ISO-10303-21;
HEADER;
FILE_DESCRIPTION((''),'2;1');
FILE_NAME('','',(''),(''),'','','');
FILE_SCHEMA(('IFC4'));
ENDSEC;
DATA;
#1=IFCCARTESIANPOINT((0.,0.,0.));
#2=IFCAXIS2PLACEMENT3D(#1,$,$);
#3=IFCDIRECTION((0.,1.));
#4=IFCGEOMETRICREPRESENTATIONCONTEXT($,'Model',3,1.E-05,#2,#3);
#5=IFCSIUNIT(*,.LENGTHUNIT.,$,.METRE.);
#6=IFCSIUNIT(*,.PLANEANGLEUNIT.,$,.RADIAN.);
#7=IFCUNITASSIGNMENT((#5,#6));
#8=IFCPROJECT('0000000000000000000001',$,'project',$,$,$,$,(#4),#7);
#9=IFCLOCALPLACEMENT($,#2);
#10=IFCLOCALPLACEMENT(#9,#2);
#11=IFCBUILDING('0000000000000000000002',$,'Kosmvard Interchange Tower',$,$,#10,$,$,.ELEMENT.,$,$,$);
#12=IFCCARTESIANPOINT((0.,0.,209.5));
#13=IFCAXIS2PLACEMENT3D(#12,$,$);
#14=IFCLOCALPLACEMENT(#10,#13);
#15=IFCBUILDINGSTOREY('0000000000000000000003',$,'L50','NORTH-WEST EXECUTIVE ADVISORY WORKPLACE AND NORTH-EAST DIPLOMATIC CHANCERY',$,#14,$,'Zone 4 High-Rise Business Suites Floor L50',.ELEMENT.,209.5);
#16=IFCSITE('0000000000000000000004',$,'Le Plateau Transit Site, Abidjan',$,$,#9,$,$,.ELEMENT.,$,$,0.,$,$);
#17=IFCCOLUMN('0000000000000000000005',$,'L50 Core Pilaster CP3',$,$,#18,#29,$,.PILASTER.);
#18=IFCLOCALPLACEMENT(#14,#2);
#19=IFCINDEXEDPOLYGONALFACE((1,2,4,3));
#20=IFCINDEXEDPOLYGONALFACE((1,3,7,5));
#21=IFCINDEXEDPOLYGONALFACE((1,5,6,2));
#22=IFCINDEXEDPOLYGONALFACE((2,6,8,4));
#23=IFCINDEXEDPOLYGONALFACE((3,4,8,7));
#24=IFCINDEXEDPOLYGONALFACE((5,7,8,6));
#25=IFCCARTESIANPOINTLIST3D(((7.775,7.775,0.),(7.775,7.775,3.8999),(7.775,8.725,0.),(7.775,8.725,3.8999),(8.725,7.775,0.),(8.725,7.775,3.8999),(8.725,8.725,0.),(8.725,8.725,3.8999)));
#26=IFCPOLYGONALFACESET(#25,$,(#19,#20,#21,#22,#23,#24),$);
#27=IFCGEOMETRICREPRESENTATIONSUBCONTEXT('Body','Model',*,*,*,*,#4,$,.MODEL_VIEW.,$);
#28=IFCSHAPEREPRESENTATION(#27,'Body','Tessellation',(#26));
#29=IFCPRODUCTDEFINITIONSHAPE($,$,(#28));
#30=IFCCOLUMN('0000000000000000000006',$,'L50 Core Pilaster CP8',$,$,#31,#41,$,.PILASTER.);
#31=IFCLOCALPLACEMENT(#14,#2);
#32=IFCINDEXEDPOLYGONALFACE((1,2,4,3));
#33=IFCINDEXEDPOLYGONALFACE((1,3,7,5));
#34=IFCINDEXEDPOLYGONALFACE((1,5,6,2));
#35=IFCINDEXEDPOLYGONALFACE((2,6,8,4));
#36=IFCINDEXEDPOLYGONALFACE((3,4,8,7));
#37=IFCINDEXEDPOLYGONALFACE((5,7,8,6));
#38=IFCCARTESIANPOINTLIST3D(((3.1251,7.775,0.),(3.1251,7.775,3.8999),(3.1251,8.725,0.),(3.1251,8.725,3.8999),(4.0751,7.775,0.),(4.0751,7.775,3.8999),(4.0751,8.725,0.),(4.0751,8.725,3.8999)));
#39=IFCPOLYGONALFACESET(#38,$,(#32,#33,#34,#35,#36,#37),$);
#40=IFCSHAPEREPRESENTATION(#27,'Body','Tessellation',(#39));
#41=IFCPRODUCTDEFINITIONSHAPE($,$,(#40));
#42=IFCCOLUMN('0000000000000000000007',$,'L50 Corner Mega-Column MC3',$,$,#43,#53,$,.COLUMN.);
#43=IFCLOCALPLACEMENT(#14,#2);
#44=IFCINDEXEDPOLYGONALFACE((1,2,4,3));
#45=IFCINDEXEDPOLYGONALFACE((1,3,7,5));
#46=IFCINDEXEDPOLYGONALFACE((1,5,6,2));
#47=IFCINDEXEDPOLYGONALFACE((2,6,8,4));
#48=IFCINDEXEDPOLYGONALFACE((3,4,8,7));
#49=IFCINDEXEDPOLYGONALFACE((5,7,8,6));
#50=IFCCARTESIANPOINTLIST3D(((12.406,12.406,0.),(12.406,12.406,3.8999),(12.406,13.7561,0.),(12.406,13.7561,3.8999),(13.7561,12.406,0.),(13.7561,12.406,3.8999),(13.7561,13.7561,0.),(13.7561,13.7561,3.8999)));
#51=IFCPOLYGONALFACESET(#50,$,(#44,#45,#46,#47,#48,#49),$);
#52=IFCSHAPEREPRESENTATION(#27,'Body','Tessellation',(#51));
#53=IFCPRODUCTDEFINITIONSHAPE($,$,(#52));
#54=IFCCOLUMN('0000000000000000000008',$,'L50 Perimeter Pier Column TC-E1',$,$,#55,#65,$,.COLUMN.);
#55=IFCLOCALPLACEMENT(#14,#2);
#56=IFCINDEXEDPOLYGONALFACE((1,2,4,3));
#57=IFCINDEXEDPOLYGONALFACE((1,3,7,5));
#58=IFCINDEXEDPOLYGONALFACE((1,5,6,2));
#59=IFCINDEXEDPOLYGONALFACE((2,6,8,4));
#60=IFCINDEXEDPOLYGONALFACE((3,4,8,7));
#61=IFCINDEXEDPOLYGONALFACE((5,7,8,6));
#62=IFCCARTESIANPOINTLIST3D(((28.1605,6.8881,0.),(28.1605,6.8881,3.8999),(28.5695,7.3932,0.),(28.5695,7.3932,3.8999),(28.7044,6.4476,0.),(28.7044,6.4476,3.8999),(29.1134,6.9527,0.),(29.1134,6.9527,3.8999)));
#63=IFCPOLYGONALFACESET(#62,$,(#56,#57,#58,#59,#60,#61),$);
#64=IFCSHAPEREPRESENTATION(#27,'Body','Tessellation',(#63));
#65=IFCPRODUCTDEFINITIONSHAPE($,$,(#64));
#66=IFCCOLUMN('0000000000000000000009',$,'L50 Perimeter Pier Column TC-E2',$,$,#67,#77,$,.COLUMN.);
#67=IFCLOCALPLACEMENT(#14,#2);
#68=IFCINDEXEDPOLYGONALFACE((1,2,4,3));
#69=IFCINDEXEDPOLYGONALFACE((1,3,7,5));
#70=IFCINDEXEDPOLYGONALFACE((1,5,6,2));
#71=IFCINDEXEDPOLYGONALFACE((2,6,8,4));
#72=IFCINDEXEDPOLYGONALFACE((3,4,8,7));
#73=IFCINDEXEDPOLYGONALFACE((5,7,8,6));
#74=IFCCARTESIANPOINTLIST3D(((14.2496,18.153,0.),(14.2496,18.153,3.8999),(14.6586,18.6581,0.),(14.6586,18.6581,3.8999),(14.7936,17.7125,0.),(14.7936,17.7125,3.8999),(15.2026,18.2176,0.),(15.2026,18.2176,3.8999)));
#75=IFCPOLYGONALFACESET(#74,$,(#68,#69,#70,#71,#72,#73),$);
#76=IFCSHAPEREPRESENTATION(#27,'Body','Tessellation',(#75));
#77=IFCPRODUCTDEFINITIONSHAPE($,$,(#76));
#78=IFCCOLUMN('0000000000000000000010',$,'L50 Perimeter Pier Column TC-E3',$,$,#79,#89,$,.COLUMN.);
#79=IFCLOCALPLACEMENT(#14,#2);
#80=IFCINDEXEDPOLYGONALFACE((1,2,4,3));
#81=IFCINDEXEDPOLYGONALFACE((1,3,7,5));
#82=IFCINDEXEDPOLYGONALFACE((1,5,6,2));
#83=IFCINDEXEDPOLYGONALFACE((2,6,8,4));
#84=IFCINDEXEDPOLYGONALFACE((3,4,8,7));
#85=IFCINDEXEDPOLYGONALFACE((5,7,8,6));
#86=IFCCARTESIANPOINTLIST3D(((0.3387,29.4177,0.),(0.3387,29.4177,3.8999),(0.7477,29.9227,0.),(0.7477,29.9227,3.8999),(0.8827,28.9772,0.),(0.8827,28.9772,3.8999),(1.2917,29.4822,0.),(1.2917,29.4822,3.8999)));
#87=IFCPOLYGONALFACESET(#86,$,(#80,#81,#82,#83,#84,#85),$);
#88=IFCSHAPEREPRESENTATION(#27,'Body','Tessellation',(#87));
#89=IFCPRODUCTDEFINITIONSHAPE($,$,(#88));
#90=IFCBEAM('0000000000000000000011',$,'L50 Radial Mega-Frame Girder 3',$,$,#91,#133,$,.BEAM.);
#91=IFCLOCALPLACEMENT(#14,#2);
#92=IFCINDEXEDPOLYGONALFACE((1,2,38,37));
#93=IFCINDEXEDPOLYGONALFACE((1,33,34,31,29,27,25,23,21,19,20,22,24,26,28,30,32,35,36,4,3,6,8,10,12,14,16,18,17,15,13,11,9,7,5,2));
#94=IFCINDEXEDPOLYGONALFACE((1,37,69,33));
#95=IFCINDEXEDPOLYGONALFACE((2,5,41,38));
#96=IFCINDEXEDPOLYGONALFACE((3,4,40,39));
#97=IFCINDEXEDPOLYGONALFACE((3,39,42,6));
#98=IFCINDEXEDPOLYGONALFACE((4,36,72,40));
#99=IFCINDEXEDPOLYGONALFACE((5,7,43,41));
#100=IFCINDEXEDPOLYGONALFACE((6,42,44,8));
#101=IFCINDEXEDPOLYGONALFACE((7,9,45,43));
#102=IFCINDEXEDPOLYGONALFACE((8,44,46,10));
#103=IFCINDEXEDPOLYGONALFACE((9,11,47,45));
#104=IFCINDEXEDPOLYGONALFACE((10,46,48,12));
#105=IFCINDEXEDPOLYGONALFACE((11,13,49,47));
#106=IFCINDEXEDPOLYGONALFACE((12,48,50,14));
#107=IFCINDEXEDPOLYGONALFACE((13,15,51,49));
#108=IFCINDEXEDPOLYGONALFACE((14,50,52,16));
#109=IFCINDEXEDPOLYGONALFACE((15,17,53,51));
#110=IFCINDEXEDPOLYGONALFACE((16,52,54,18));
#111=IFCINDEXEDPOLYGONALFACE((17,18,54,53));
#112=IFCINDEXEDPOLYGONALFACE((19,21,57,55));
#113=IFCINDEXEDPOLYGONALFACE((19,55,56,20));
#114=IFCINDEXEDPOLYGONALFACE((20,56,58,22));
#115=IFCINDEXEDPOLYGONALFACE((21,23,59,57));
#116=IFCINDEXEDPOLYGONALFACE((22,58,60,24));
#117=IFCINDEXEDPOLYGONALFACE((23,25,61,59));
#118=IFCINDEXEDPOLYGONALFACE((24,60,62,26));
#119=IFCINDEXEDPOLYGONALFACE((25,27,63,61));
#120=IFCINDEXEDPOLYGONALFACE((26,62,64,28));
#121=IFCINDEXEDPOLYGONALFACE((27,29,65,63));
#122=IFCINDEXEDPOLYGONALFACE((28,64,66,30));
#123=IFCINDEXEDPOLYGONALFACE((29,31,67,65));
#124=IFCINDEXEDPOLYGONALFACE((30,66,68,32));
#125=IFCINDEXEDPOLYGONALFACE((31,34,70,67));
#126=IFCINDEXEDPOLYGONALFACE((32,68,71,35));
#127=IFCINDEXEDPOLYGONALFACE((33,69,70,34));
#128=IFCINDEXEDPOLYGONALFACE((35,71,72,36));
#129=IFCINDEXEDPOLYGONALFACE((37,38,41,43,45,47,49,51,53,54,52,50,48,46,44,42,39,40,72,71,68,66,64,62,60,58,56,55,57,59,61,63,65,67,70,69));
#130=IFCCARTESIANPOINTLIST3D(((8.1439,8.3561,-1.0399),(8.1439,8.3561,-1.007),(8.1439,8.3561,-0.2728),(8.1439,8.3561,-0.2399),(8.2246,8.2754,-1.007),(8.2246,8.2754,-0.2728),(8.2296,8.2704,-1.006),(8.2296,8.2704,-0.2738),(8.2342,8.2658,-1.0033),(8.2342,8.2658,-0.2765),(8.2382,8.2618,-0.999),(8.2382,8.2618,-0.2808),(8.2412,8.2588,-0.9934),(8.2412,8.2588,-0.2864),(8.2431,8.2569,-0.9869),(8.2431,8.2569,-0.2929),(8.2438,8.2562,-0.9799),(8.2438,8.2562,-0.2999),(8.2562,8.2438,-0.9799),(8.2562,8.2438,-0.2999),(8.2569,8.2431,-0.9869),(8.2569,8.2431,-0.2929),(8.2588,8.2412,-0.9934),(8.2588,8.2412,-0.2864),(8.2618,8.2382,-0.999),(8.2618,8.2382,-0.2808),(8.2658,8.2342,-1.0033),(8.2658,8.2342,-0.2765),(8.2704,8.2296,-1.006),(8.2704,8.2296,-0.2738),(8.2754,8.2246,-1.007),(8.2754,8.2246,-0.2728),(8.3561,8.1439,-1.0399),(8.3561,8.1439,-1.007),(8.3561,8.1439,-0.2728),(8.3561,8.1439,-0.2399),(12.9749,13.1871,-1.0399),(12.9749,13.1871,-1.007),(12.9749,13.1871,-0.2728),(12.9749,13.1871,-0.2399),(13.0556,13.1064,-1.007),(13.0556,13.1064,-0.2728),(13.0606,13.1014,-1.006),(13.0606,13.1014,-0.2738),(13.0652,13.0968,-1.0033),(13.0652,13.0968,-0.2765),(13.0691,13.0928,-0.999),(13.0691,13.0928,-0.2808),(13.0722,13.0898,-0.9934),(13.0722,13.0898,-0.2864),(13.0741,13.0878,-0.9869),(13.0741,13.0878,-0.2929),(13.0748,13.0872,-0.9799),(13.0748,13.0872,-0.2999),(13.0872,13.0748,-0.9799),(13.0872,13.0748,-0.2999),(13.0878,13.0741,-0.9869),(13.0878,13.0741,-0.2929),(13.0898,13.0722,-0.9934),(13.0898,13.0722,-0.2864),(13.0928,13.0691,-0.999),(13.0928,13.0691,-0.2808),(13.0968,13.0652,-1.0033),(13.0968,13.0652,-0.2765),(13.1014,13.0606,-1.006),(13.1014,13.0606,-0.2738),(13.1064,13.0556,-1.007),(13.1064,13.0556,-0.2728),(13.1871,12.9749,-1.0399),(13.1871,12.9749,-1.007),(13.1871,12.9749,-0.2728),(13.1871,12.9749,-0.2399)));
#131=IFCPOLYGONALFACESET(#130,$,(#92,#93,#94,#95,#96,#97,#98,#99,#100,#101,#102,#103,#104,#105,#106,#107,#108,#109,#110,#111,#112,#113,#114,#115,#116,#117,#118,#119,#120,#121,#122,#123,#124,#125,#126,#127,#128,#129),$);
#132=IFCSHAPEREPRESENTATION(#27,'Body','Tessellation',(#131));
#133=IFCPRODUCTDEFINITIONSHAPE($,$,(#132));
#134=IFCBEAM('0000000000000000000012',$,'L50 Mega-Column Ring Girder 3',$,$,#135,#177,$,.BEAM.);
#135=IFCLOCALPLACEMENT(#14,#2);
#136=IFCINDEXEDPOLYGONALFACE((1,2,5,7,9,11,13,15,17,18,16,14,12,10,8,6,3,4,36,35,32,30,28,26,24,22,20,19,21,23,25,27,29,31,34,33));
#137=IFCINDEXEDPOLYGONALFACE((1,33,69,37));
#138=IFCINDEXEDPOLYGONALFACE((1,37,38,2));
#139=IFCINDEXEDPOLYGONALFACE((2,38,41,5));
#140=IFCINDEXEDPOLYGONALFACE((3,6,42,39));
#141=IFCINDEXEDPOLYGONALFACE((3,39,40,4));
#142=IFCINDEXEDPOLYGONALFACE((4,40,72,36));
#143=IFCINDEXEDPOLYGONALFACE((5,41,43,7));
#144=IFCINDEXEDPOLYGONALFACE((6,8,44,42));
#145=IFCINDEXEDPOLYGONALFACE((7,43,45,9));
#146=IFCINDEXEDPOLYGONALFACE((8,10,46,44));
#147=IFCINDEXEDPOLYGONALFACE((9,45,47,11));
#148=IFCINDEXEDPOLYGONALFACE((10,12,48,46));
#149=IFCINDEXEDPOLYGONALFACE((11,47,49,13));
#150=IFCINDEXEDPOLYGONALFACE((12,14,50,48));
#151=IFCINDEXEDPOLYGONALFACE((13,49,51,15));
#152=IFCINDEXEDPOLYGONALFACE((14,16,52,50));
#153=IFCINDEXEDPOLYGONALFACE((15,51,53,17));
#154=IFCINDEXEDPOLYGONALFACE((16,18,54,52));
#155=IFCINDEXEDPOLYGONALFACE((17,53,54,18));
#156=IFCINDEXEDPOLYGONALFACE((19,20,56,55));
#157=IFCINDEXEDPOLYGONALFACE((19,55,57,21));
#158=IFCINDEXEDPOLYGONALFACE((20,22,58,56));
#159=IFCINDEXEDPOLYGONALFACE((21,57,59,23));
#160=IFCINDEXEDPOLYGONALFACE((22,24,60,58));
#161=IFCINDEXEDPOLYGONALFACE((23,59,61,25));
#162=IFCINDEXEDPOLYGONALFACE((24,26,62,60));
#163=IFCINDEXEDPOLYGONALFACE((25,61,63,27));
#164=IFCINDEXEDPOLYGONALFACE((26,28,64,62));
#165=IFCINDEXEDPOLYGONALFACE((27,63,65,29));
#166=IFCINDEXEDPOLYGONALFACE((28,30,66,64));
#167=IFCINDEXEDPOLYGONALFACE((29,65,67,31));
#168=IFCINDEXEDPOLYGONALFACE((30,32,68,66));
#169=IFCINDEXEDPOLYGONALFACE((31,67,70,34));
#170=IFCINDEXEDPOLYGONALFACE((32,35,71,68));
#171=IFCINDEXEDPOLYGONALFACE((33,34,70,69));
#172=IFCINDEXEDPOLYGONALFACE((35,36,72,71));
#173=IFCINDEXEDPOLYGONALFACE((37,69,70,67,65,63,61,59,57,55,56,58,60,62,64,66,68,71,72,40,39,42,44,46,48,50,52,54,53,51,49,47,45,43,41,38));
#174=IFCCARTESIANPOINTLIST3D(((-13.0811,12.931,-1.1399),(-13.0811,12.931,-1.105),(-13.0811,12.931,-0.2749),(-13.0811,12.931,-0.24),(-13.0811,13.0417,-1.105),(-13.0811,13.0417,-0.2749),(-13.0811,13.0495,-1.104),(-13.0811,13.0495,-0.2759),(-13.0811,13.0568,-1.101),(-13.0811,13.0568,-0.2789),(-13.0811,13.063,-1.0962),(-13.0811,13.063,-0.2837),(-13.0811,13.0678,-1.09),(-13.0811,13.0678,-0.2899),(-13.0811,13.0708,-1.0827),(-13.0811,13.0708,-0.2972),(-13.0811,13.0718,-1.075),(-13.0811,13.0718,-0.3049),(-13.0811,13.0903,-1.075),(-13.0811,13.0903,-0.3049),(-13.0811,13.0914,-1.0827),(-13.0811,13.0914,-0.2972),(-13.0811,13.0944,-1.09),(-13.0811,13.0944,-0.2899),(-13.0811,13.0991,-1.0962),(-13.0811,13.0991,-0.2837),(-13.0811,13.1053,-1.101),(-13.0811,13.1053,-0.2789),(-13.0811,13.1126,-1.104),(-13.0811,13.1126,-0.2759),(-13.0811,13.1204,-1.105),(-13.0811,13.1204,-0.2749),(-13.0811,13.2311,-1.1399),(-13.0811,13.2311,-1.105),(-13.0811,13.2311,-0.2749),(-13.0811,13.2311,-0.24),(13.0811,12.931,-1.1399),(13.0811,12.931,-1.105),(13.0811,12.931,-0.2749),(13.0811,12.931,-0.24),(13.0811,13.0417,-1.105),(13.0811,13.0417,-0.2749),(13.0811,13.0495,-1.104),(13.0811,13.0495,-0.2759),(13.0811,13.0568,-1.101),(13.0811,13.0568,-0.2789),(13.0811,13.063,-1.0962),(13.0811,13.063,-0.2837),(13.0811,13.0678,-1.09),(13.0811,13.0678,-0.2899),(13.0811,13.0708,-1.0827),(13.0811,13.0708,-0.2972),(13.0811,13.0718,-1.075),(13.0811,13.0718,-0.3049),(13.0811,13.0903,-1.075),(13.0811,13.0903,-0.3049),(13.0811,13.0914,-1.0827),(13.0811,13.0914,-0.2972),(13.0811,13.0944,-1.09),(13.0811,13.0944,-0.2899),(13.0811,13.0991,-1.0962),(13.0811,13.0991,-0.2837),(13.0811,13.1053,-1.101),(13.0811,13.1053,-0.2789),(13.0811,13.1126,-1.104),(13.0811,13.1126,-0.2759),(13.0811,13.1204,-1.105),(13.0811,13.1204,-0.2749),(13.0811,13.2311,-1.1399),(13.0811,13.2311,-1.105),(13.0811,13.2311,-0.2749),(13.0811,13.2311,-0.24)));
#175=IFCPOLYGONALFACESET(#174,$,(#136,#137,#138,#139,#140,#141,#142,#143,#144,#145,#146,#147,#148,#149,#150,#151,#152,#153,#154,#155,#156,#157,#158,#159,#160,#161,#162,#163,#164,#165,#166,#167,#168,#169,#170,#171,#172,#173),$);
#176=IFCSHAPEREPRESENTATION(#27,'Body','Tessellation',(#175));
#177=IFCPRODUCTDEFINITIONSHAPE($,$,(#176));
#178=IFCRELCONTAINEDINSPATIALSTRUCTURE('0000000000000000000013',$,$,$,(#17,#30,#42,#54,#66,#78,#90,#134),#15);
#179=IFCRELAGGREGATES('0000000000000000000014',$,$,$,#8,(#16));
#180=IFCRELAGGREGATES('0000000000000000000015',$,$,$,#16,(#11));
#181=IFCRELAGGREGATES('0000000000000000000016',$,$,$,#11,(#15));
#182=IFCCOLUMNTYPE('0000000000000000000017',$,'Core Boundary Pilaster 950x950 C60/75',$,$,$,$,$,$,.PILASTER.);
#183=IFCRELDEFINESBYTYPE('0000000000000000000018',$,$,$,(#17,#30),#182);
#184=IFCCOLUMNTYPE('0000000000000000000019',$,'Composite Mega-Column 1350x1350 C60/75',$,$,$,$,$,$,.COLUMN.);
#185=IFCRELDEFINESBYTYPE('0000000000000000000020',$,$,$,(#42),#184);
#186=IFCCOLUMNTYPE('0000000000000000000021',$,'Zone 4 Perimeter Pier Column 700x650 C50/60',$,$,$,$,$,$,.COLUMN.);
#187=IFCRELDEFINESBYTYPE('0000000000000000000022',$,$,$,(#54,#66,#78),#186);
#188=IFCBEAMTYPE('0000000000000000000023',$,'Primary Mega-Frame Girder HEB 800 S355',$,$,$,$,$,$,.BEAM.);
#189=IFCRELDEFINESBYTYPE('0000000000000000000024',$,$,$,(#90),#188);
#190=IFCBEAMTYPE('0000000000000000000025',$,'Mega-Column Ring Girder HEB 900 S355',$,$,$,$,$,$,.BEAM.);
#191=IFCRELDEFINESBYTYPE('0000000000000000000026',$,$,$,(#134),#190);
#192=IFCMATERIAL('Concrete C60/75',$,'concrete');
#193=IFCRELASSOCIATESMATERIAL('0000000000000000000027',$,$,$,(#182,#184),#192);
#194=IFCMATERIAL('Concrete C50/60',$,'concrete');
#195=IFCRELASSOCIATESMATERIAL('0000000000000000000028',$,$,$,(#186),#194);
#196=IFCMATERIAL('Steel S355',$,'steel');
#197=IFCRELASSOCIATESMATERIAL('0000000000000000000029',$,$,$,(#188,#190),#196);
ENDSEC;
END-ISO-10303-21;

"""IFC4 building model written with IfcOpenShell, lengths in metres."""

from ifc_helpers import new_model, si_unit, direction, frame, origin, origin_2d, place, context, subcontext, project, spatial, rectangle, i_section, extrude, source, transform, mapped, material, material_profile, profile_set, type_object, element, save


model = new_model("IFC4")

# Units and contexts
model_context = context("Model", 3, precision=1e-05, world=origin(), true_north=direction((0.0, 1.0)))
body_context = subcontext(model_context, "Body", "Model", "MODEL_VIEW")
ifc_project = project(units=[si_unit("LENGTHUNIT", "METRE"), si_unit("PLANEANGLEUNIT", "RADIAN")], contexts=[model_context])

# Site, building, storey
site_placement = place(None, origin())
site = spatial("IfcSite", under=ifc_project, at=site_placement, Name="Le Plateau Transit Site, Abidjan", CompositionType="ELEMENT", RefElevation=0.0)
building_placement = place(site_placement, origin())
building = spatial("IfcBuilding", under=site, at=building_placement, Name="Kosmvard Interchange Tower", CompositionType="ELEMENT")
storey_placement = place(building_placement, frame((0.0, 0.0, 209.5)))
storey = spatial("IfcBuildingStorey", under=building, at=storey_placement, Name="L50", Description="NORTH-WEST EXECUTIVE ADVISORY WORKPLACE AND NORTH-EAST DIPLOMATIC CHANCERY", LongName="Zone 4 High-Rise Business Suites Floor L50", CompositionType="ELEMENT", Elevation=209.5)

# Columns
ifc_material_1 = material(Name="Concrete C60/75", Category="concrete")
ifc_material_profile_1 = material_profile(ifc_material_1, rectangle(XDim=0.95, YDim=0.95, at=origin_2d()), Name="CP 950x950")
ifc_profile_set_1 = profile_set([ifc_material_profile_1], Name="Concrete C60/75")
column_type_1 = type_object("IfcColumnType", Name="Core Boundary Pilaster 950x950 C60/75", PredefinedType="PILASTER", material=ifc_profile_set_1)
shared_shape_1 = source(origin(), body_context, "Body", "SweptSolid", [
    extrude(rectangle(XDim=0.95, YDim=0.95, at=origin_2d()), origin(), (0.0, 0.0, 1.0), 3.8999),
])
for number, where, z_axis, x_axis, name in (
    (1, (8.25, 8.25, 0.0), (0.0, 0.0, 1.0), (1.0, 0.0, 0.0), "L50 Core Pilaster CP3"),
    (2, (3.6001, 8.25, 0.0), (0.0, 0.0, 1.0), (1.0, 0.0, 0.0), "L50 Core Pilaster CP8"),
):
    element("IfcColumn", number, at=place(storey_placement, frame(where, z_axis=z_axis, x_axis=x_axis)), inside=storey, type_object=column_type_1, Name=name, PredefinedType="PILASTER", context=body_context, shape_type="MappedRepresentation", body=[
        mapped(shared_shape_1, transform((0.0, 0.0, 0.0), scale=1.0)),
    ])
ifc_material_profile_2 = material_profile(ifc_material_1, rectangle(XDim=1.3501, YDim=1.3501, at=origin_2d()), Name="MC 1350x1350")
ifc_profile_set_2 = profile_set([ifc_material_profile_2], Name="Concrete C60/75")
column_type_2 = type_object("IfcColumnType", Name="Composite Mega-Column 1350x1350 C60/75", PredefinedType="COLUMN", material=ifc_profile_set_2)
shared_shape_2 = source(origin(), body_context, "Body", "SweptSolid", [
    extrude(rectangle(XDim=1.3501, YDim=1.3501, at=origin_2d()), origin(), (0.0, 0.0, 1.0), 3.8999),
])
column_placement = place(storey_placement, frame((13.0811, 13.0811, 0.0), z_axis=(0.0, 0.0, 1.0), x_axis=(1.0, 0.0, 0.0)))
element("IfcColumn", 3, at=column_placement, inside=storey, type_object=column_type_2, Name="L50 Corner Mega-Column MC3", PredefinedType="COLUMN", context=body_context, shape_type="MappedRepresentation", body=[
    mapped(shared_shape_2, transform((0.0, 0.0, 0.0), scale=1.0)),
])
ifc_material_2 = material(Name="Concrete C50/60", Category="concrete")
ifc_material_profile_3 = material_profile(ifc_material_2, rectangle(XDim=0.6499, YDim=0.7, at=origin_2d()), Name="TC 700x650")
ifc_profile_set_3 = profile_set([ifc_material_profile_3], Name="Concrete C50/60")
column_type_3 = type_object("IfcColumnType", Name="Zone 4 Perimeter Pier Column 700x650 C50/60", PredefinedType="COLUMN", material=ifc_profile_set_3)
shared_shape_3 = source(origin(), body_context, "Body", "SweptSolid", [
    extrude(rectangle(XDim=0.6499, YDim=0.7, at=origin_2d()), origin(), (0.0, 0.0, 1.0), 3.8999),
])
for number, where, z_axis, x_axis, name in (
    (4, (28.637, 6.9204, 0.0), (0.0, 0.0, 1.0), (0.62932, 0.777146, 0.0), "L50 Perimeter Pier Column TC-E1"),
    (5, (14.7261, 18.1853, 0.0), (0.0, 0.0, 1.0), (0.62932, 0.777146, 0.0), "L50 Perimeter Pier Column TC-E2"),
    (6, (0.8152, 29.45, 0.0), (0.0, 0.0, 1.0), (0.62932, 0.777146, 0.0), "L50 Perimeter Pier Column TC-E3"),
):
    element("IfcColumn", number, at=place(storey_placement, frame(where, z_axis=z_axis, x_axis=x_axis)), inside=storey, type_object=column_type_3, Name=name, PredefinedType="COLUMN", context=body_context, shape_type="MappedRepresentation", body=[
        mapped(shared_shape_3, transform((0.0, 0.0, 0.0), scale=1.0)),
    ])

# Beams
ifc_material_3 = material(Name="Steel S355", Category="steel")
ifc_material_profile_4 = material_profile(ifc_material_3, i_section(OverallWidth=0.3, OverallDepth=0.8, WebThickness=0.0176, FlangeThickness=0.033, FilletRadius=0.0271, at=origin_2d()), Name="HEB 800")
ifc_profile_set_4 = profile_set([ifc_material_profile_4], Name="Steel S355")
beam_type_1 = type_object("IfcBeamType", Name="Primary Mega-Frame Girder HEB 800 S355", PredefinedType="BEAM", material=ifc_profile_set_4)
shared_shape_4 = source(origin(), body_context, "Body", "SweptSolid", [
    extrude(i_section(OverallWidth=0.3, OverallDepth=0.8, WebThickness=0.0176, FlangeThickness=0.033, FilletRadius=0.0271, at=origin_2d()), origin(), (0.0, 0.0, 1.0), 6.832),
])
beam_1_placement = place(storey_placement, frame((8.25, 8.25, -0.6399), z_axis=(0.707107, 0.707107, 0.0), x_axis=(-0.707107, 0.707107, 0.0)))
element("IfcBeam", 7, at=beam_1_placement, inside=storey, type_object=beam_type_1, Name="L50 Radial Mega-Frame Girder 3", PredefinedType="BEAM", context=body_context, shape_type="MappedRepresentation", body=[
    mapped(shared_shape_4, transform((0.0, 0.0, 0.0), scale=1.0)),
])
ifc_material_profile_5 = material_profile(ifc_material_3, i_section(OverallWidth=0.3, OverallDepth=0.8999, WebThickness=0.0186, FlangeThickness=0.0349, FilletRadius=0.03, at=origin_2d()), Name="HEB 900")
ifc_profile_set_5 = profile_set([ifc_material_profile_5], Name="Steel S355")
beam_type_2 = type_object("IfcBeamType", Name="Mega-Column Ring Girder HEB 900 S355", PredefinedType="BEAM", material=ifc_profile_set_5)
shared_shape_5 = source(origin(), body_context, "Body", "SweptSolid", [
    extrude(i_section(OverallWidth=0.3, OverallDepth=0.8999, WebThickness=0.0186, FlangeThickness=0.0349, FilletRadius=0.03, at=origin_2d()), origin(), (0.0, 0.0, 1.0), 26.1621),
])
beam_2_placement = place(storey_placement, frame((13.0811, 13.0811, -0.6899), z_axis=(-1.0, 0.0, 0.0), x_axis=(0.0, -1.0, 0.0)))
element("IfcBeam", 8, at=beam_2_placement, inside=storey, type_object=beam_type_2, Name="L50 Mega-Column Ring Girder 3", PredefinedType="BEAM", context=body_context, shape_type="MappedRepresentation", body=[
    mapped(shared_shape_5, transform((0.0, 0.0, 0.0), scale=1.0)),
])

save(model, "model.ifc")
